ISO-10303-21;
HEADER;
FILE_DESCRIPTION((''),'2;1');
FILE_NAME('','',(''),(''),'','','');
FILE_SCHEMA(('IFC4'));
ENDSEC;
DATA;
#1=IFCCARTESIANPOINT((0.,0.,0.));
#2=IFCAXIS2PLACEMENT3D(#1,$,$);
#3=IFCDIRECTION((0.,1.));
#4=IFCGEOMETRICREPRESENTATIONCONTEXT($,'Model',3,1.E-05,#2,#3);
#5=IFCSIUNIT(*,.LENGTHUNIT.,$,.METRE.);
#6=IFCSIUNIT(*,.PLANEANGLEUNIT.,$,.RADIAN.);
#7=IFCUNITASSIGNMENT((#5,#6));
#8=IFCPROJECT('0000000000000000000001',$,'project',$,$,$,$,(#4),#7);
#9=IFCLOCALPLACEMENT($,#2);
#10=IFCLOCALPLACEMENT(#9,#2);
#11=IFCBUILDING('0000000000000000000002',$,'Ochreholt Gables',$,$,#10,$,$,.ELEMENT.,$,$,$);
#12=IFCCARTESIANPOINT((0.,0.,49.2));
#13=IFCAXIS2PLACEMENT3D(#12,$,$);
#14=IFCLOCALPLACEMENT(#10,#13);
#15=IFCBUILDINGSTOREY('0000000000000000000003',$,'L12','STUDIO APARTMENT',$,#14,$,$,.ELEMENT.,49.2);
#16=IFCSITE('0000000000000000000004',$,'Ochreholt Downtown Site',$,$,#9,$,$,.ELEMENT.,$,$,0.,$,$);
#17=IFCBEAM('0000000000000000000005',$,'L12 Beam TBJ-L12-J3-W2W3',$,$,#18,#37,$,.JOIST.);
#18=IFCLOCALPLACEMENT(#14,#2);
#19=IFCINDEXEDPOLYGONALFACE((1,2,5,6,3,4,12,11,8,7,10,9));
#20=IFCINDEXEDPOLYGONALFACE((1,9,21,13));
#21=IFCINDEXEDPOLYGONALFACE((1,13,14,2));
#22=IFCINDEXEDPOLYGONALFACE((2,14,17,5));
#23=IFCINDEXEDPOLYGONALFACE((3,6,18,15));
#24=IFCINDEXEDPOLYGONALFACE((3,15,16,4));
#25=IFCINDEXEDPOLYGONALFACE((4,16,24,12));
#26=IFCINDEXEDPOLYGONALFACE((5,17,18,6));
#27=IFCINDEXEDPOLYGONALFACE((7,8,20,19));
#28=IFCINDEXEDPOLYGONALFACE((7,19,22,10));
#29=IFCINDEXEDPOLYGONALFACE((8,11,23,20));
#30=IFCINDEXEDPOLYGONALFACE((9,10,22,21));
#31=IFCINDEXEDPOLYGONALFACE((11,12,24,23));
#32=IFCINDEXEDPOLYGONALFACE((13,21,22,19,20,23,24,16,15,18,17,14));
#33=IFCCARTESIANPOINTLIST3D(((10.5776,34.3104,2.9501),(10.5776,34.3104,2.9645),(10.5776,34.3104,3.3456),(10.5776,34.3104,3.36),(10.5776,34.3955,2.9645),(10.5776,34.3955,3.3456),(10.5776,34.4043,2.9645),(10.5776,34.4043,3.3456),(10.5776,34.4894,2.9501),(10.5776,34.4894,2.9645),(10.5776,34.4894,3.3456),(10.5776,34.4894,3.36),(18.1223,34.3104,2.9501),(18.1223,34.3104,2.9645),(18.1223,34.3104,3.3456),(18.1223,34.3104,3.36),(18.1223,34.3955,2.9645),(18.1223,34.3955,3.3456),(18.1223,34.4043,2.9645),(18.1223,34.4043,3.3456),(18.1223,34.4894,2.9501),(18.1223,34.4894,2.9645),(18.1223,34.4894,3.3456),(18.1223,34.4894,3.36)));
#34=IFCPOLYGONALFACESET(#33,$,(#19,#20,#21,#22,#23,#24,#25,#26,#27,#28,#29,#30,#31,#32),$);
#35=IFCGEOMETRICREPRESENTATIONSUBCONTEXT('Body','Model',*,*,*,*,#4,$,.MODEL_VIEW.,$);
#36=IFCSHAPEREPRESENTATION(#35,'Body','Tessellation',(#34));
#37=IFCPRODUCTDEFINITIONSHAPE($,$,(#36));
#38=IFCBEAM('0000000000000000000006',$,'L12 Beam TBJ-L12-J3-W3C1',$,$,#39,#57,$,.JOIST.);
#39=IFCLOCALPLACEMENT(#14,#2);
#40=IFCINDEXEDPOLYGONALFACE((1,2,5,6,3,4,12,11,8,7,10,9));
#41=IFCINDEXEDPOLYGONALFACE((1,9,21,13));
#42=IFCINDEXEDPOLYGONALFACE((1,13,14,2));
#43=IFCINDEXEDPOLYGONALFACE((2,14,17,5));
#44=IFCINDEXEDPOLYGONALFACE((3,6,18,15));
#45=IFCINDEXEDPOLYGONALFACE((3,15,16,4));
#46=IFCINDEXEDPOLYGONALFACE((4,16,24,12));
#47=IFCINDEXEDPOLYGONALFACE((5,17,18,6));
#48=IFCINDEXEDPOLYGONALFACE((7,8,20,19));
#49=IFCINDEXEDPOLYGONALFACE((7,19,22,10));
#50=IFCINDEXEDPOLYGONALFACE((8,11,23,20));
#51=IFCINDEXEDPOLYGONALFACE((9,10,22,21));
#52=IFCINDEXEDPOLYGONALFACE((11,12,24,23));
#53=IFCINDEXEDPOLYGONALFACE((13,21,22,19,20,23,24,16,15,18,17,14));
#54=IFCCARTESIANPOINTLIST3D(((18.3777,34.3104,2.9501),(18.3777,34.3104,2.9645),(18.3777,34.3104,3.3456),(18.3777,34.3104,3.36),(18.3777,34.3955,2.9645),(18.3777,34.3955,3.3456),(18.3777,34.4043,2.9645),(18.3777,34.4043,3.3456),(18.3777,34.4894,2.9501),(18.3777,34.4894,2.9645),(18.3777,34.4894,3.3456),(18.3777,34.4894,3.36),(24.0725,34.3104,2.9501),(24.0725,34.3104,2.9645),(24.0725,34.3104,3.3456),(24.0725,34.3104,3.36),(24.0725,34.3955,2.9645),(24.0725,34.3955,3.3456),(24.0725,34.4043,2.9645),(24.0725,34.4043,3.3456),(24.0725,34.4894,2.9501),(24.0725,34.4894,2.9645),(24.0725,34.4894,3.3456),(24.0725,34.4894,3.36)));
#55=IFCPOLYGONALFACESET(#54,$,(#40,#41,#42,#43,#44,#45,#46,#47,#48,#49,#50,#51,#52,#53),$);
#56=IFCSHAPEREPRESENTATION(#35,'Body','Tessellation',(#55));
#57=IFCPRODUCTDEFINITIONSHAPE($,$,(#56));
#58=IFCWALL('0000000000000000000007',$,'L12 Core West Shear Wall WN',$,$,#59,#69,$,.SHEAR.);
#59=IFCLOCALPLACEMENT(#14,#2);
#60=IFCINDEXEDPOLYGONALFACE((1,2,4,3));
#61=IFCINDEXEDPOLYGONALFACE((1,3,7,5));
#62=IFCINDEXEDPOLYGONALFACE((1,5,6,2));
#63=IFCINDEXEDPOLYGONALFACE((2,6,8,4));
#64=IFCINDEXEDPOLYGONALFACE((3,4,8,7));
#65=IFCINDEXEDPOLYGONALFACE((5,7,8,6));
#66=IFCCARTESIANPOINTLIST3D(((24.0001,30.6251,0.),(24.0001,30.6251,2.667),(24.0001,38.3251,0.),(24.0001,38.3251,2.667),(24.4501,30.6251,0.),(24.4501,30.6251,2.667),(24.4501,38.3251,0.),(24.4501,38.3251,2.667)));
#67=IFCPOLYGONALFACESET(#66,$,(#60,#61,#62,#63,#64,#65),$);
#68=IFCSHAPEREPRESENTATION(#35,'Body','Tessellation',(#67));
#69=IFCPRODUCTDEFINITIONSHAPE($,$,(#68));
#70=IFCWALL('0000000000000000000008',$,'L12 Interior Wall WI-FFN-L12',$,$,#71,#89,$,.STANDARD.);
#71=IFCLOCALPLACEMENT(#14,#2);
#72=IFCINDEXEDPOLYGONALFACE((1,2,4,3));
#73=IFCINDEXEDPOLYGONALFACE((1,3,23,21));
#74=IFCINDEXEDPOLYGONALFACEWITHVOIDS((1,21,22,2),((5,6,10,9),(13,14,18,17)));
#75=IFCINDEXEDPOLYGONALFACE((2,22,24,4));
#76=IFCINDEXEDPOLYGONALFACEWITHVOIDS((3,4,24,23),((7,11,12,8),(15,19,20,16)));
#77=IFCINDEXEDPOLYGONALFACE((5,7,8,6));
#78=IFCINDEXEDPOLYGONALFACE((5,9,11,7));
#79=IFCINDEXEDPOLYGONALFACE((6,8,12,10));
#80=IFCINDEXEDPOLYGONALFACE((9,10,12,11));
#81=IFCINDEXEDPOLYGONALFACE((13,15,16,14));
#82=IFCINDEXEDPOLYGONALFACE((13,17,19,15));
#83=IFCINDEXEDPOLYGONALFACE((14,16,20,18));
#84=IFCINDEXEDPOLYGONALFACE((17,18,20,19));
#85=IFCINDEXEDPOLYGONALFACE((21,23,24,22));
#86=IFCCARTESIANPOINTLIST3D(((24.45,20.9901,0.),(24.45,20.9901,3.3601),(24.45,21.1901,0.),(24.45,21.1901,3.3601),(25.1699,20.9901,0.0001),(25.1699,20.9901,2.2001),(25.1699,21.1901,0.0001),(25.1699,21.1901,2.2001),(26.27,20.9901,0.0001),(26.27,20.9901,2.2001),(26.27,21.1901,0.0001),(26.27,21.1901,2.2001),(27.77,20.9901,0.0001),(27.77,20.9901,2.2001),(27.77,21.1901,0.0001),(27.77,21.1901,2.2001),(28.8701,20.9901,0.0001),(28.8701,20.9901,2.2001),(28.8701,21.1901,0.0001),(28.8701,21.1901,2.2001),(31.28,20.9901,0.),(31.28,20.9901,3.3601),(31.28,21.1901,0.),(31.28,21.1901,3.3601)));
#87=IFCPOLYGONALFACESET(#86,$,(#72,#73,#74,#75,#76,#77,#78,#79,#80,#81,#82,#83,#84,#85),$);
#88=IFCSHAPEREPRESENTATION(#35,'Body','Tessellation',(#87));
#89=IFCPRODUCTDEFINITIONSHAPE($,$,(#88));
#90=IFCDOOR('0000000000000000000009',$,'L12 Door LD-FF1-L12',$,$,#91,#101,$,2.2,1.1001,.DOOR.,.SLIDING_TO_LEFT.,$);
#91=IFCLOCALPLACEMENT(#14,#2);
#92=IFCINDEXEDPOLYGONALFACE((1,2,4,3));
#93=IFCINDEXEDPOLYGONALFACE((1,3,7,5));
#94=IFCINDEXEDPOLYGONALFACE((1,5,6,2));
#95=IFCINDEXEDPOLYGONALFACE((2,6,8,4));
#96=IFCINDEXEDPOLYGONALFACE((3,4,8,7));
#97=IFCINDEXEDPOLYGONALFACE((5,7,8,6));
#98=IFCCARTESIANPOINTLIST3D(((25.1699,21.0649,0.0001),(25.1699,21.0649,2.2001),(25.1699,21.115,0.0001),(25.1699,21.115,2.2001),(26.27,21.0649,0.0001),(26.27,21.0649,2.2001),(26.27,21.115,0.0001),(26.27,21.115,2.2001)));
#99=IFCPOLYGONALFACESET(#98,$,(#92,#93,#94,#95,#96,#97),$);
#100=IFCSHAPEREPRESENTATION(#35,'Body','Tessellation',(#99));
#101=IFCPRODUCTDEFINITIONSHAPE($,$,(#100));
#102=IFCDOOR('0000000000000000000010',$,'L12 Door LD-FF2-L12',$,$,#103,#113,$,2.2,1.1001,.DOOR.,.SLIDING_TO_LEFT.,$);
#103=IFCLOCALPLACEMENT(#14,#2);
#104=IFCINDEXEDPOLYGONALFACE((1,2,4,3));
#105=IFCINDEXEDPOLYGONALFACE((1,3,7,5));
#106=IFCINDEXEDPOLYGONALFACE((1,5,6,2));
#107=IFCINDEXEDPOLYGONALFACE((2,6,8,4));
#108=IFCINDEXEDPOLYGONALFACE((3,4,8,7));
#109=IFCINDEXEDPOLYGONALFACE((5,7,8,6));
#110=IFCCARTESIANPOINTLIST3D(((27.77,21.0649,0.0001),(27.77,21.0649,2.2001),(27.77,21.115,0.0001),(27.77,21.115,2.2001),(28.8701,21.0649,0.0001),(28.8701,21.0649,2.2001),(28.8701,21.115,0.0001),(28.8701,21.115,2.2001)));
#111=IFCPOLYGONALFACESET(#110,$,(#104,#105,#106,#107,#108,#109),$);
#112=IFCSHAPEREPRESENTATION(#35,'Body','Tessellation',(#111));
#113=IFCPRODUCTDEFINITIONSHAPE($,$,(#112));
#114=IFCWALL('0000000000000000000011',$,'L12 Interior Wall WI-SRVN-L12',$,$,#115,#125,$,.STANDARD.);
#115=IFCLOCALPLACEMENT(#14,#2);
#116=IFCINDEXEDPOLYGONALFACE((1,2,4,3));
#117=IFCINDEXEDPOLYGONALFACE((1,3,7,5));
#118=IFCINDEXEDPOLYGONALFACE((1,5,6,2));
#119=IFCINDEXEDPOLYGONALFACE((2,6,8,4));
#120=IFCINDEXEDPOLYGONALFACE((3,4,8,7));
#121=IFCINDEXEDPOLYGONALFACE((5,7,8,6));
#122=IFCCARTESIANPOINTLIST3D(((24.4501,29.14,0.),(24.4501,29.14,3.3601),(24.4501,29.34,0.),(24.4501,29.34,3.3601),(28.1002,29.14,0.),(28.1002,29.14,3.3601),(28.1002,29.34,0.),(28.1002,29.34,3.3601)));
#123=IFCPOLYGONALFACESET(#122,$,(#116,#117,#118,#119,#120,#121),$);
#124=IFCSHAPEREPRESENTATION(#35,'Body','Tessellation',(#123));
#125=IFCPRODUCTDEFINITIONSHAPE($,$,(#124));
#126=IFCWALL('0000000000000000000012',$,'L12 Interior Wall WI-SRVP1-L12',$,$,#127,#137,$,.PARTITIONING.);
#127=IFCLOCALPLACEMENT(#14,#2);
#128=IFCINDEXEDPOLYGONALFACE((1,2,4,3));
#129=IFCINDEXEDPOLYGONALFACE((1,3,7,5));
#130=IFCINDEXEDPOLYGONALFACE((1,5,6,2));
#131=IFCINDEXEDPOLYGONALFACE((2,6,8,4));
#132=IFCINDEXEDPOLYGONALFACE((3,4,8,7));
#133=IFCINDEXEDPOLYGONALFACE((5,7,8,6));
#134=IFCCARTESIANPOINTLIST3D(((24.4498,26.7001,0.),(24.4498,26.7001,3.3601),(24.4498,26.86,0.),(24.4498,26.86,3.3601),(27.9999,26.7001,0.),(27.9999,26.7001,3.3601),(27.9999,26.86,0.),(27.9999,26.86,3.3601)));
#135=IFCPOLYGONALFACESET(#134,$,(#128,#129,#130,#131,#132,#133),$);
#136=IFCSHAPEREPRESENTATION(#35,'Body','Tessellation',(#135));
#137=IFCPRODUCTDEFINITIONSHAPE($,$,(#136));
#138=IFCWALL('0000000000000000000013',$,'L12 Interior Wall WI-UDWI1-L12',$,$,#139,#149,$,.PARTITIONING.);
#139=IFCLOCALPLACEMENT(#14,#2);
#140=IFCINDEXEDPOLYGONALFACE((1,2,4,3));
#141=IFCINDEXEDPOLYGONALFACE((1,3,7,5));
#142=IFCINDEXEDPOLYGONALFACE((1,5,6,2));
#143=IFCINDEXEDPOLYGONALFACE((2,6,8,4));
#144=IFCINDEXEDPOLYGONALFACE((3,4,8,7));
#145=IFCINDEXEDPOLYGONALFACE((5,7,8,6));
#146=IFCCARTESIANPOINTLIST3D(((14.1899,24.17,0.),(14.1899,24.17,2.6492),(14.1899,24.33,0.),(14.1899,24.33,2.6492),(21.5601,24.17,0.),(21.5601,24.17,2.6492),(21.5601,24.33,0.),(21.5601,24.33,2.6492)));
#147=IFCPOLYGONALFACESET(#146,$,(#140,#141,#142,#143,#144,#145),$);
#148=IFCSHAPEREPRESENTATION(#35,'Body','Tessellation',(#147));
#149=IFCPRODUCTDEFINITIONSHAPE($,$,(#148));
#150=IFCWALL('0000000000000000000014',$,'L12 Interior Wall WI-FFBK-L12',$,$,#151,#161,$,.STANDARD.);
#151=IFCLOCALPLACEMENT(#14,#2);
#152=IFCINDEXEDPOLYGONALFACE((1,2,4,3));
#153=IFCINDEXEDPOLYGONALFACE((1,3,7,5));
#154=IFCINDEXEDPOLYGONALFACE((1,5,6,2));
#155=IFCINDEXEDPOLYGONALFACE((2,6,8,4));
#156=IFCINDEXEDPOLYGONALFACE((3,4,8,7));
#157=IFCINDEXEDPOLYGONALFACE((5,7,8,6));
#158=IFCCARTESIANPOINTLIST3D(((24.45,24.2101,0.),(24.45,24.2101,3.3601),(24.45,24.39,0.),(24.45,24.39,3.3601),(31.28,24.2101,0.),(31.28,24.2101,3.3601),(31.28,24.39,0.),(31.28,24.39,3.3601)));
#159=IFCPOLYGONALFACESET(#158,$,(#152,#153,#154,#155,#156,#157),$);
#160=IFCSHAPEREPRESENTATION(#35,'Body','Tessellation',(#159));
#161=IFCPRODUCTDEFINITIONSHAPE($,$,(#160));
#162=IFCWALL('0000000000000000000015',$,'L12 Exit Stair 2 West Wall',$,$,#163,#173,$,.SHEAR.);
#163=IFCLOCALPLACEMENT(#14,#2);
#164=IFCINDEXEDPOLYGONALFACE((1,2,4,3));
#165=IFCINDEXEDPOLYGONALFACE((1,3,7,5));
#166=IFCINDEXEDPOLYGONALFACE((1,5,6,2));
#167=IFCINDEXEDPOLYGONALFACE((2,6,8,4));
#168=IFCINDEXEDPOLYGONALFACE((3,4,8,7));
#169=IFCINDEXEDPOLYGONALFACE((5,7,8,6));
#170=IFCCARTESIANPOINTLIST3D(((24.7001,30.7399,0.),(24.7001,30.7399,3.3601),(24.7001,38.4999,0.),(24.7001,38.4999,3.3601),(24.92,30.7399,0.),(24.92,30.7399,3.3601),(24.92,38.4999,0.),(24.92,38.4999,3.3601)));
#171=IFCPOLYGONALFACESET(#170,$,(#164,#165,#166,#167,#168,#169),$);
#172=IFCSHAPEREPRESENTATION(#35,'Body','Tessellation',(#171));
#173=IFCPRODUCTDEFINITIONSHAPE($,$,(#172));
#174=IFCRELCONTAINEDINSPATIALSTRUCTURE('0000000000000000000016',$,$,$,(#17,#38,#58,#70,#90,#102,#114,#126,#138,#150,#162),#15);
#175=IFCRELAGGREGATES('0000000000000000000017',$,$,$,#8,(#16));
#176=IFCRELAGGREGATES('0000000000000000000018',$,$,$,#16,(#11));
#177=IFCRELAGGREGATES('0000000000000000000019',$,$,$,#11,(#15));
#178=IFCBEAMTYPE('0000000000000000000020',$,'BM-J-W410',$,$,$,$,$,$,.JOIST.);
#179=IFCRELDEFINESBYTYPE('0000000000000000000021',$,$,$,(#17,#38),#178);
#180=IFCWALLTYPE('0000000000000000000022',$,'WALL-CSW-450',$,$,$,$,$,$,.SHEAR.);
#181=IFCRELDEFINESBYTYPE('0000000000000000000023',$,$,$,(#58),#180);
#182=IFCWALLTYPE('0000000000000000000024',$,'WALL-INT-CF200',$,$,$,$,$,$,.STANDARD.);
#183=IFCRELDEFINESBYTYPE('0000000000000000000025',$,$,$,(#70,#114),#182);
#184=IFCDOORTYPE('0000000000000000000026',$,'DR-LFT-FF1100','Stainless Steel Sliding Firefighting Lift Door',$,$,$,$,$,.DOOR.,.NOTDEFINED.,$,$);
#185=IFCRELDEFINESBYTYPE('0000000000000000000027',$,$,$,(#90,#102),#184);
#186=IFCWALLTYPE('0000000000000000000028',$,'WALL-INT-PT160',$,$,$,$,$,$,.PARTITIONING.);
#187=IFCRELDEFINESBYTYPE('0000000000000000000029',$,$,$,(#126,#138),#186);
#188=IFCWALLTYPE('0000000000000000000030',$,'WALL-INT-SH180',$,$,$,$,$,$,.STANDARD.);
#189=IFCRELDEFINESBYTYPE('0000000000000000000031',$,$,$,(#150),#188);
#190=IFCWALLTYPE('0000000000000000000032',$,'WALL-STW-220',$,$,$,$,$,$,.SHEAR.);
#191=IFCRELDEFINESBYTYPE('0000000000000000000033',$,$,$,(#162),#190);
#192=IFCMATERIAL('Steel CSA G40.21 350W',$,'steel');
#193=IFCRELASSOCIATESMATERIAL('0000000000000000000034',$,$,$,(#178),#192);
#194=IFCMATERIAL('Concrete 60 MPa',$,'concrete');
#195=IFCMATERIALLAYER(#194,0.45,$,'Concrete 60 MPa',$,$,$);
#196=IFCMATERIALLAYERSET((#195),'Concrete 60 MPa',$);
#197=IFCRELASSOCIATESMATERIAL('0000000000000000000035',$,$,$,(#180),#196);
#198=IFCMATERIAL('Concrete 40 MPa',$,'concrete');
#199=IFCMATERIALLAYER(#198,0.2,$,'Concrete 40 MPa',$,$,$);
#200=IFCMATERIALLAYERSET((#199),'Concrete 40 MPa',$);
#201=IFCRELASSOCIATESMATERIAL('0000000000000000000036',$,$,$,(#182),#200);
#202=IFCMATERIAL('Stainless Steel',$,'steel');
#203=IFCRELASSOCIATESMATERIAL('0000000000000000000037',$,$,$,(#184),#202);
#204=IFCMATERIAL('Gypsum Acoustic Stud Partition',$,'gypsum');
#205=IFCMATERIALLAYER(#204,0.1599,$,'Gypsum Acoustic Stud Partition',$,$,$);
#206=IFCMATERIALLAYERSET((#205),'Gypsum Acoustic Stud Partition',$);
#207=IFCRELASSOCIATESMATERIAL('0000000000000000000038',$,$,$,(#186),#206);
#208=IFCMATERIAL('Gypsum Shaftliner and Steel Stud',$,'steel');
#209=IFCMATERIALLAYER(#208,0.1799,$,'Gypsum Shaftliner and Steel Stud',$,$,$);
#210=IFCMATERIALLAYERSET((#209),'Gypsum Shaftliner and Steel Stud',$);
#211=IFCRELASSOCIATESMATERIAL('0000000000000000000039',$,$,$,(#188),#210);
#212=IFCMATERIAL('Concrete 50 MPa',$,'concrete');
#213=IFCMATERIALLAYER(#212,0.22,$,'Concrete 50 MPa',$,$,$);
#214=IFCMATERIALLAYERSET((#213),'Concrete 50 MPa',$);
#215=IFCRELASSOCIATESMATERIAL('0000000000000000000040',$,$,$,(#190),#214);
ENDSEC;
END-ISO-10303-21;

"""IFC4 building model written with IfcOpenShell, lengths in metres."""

from ifc_helpers import new_model, si_unit, direction, frame, frame_2d, origin, origin_2d, place, context, subcontext, project, spatial, rectangle, i_section, extrude, material, layer, layer_set, material_profile, profile_set, type_object, element, fill, save


model = new_model("IFC4")

# Units and contexts
model_context = context("Model", 3, precision=1e-05, world=origin(), true_north=direction((0.0, 1.0)))
body_context = subcontext(model_context, "Body", "Model", "MODEL_VIEW")
ifc_project = project(units=[si_unit("LENGTHUNIT", "METRE"), si_unit("PLANEANGLEUNIT", "RADIAN")], contexts=[model_context])

# Site, building, storey
site_placement = place(None, origin())
site = spatial("IfcSite", under=ifc_project, at=site_placement, Name="Ochreholt Downtown Site", CompositionType="ELEMENT", RefElevation=0.0)
building_placement = place(site_placement, origin())
building = spatial("IfcBuilding", under=site, at=building_placement, Name="Ochreholt Gables", CompositionType="ELEMENT")
storey_placement = place(building_placement, frame((0.0, 0.0, 49.2)))
storey = spatial("IfcBuildingStorey", under=building, at=storey_placement, Name="L12", Description="STUDIO APARTMENT", CompositionType="ELEMENT", Elevation=49.2)

# Shared definitions
ifc_material_1 = material(Name="Concrete 60 MPa", Category="concrete")

# Beams
ifc_material_2 = material(Name="Steel CSA G40.21 350W", Category="steel")
ifc_material_profile_1 = material_profile(ifc_material_2, i_section(OverallWidth=0.179, OverallDepth=0.4099, WebThickness=0.0088, FlangeThickness=0.0144, at=origin_2d()), Name="W410X67")
ifc_profile_set_1 = profile_set([ifc_material_profile_1], Name="Steel CSA G40.21 350W")
beam_type_1 = type_object("IfcBeamType", Name="BM-J-W410", PredefinedType="JOIST", material=ifc_profile_set_1)
beam_1_placement = place(storey_placement, frame((10.5776, 34.3999, 3.155), z_axis=(1.0, 0.0, 0.0), x_axis=(0.0, 1.0, 0.0)))
element("IfcBeam", 1, at=beam_1_placement, inside=storey, type_object=beam_type_1, Name="L12 Beam TBJ-L12-J3-W2W3", PredefinedType="JOIST", context=body_context, shape_type="SweptSolid", body=[
    extrude(i_section(OverallWidth=0.179, OverallDepth=0.4099, WebThickness=0.0088, FlangeThickness=0.0144, at=origin_2d()), origin(), (0.0, 0.0, 1.0), 7.5447),
])
beam_2_placement = place(storey_placement, frame((18.3777, 34.3999, 3.155), z_axis=(1.0, 0.0, 0.0), x_axis=(0.0, 1.0, 0.0)))
element("IfcBeam", 2, at=beam_2_placement, inside=storey, type_object=beam_type_1, Name="L12 Beam TBJ-L12-J3-W3C1", PredefinedType="JOIST", context=body_context, shape_type="SweptSolid", body=[
    extrude(i_section(OverallWidth=0.179, OverallDepth=0.4099, WebThickness=0.0088, FlangeThickness=0.0144, at=origin_2d()), origin(), (0.0, 0.0, 1.0), 5.6948),
])

# Wall
ifc_layer_1 = layer(ifc_material_1, 0.45, Name="Concrete 60 MPa")
ifc_layer_set_1 = layer_set([ifc_layer_1], Name="Concrete 60 MPa")
wall_type_1 = type_object("IfcWallType", Name="WALL-CSW-450", PredefinedType="SHEAR", material=ifc_layer_set_1)
wall_1_placement = place(storey_placement, frame((24.2251, 30.625, 0.0), z_axis=(0.0, 0.0, 1.0), x_axis=(0.0, 1.0, 0.0)))
element("IfcWall", 3, at=wall_1_placement, inside=storey, type_object=wall_type_1, Name="L12 Core West Shear Wall WN", PredefinedType="SHEAR", context=body_context, shape_type="SweptSolid", body=[
    extrude(rectangle(XDim=7.7, YDim=0.45, at=frame_2d((3.8501, 0.0))), origin(), (0.0, 0.0, 1.0), 2.667),
])

# Wall, openings, doors
ifc_material_3 = material(Name="Concrete 40 MPa", Category="concrete")
ifc_layer_2 = layer(ifc_material_3, 0.2, Name="Concrete 40 MPa")
ifc_layer_set_2 = layer_set([ifc_layer_2], Name="Concrete 40 MPa")
wall_type_2 = type_object("IfcWallType", Name="WALL-INT-CF200", PredefinedType="STANDARD", material=ifc_layer_set_2)
wall_2_placement = place(storey_placement, frame((24.45, 21.0901, 0.0), z_axis=(0.0, 0.0, 1.0), x_axis=(1.0, 0.0, 0.0)))
wall_2 = element("IfcWall", 4, at=wall_2_placement, inside=storey, type_object=wall_type_2, Name="L12 Interior Wall WI-FFN-L12", PredefinedType="STANDARD", context=body_context, shape_type="SweptSolid", body=[
    extrude(rectangle(XDim=6.8301, YDim=0.2, at=frame_2d((3.415, 0.0))), origin(), (0.0, 0.0, 1.0), 3.3601),
])
opening_1_placement = place(wall_2_placement, frame((0.72, 0.0, 0.0)))
opening_1 = element("IfcOpeningElement", 5, at=opening_1_placement, cuts=wall_2, PredefinedType="OPENING", context=body_context, shape_type="SweptSolid", body=[
    extrude(rectangle(XDim=1.1001, YDim=2.2, at=frame_2d((0.55, 1.1001))), frame((0.0, 0.1099, 0.0), z_axis=(0.0, -1.0, 0.0), x_axis=(1.0, 0.0, 0.0)), (0.0, 0.0, 1.0), 0.22),
])
opening_2_placement = place(wall_2_placement, frame((3.3201, 0.0, 0.0)))
opening_2 = element("IfcOpeningElement", 6, at=opening_2_placement, cuts=wall_2, PredefinedType="OPENING", context=body_context, shape_type="SweptSolid", body=[
    extrude(rectangle(XDim=1.1001, YDim=2.2, at=frame_2d((0.55, 1.1001))), frame((0.0, 0.1099, 0.0), z_axis=(0.0, -1.0, 0.0), x_axis=(1.0, 0.0, 0.0)), (0.0, 0.0, 1.0), 0.22),
])
ifc_material_4 = material(Name="Stainless Steel", Category="steel")
door_type = type_object("IfcDoorType", Name="DR-LFT-FF1100", Description="Stainless Steel Sliding Firefighting Lift Door", OperationType="NOTDEFINED", PredefinedType="DOOR", material=ifc_material_4)
door_1_placement = place(opening_1_placement, origin())
door_1 = element("IfcDoor", 7, at=door_1_placement, inside=storey, type_object=door_type, Name="L12 Door LD-FF1-L12", OperationType="SLIDING_TO_LEFT", OverallHeight=2.2, OverallWidth=1.1001, PredefinedType="DOOR", context=body_context, shape_type="SweptSolid", body=[
    extrude(rectangle(XDim=1.1001, YDim=2.2, at=frame_2d((0.55, 1.1001))), frame((0.0, 0.0249, 0.0), z_axis=(0.0, -1.0, 0.0), x_axis=(1.0, 0.0, 0.0)), (0.0, 0.0, 1.0), 0.05),
])
fill(opening_1, door_1)
door_2_placement = place(opening_2_placement, origin())
door_2 = element("IfcDoor", 8, at=door_2_placement, inside=storey, type_object=door_type, Name="L12 Door LD-FF2-L12", OperationType="SLIDING_TO_LEFT", OverallHeight=2.2, OverallWidth=1.1001, PredefinedType="DOOR", context=body_context, shape_type="SweptSolid", body=[
    extrude(rectangle(XDim=1.1001, YDim=2.2, at=frame_2d((0.55, 1.1001))), frame((0.0, 0.0249, 0.0), z_axis=(0.0, -1.0, 0.0), x_axis=(1.0, 0.0, 0.0)), (0.0, 0.0, 1.0), 0.05),
])
fill(opening_2, door_2)

# Walls
wall_3_placement = place(storey_placement, frame((24.45, 29.24, 0.0), z_axis=(0.0, 0.0, 1.0), x_axis=(1.0, 0.0, 0.0)))
element("IfcWall", 9, at=wall_3_placement, inside=storey, type_object=wall_type_2, Name="L12 Interior Wall WI-SRVN-L12", PredefinedType="STANDARD", context=body_context, shape_type="SweptSolid", body=[
    extrude(rectangle(XDim=3.6501, YDim=0.2, at=frame_2d((1.8252, 0.0))), origin(), (0.0, 0.0, 1.0), 3.3601),
])
ifc_material_5 = material(Name="Gypsum Acoustic Stud Partition", Category="gypsum")
ifc_layer_3 = layer(ifc_material_5, 0.1599, Name="Gypsum Acoustic Stud Partition")
ifc_layer_set_3 = layer_set([ifc_layer_3], Name="Gypsum Acoustic Stud Partition")
wall_type_3 = type_object("IfcWallType", Name="WALL-INT-PT160", PredefinedType="PARTITIONING", material=ifc_layer_set_3)
wall_4_placement = place(storey_placement, frame((24.45, 26.78, 0.0), z_axis=(0.0, 0.0, 1.0), x_axis=(1.0, 0.0, 0.0)))
element("IfcWall", 10, at=wall_4_placement, inside=storey, type_object=wall_type_3, Name="L12 Interior Wall WI-SRVP1-L12", PredefinedType="PARTITIONING", context=body_context, shape_type="SweptSolid", body=[
    extrude(rectangle(XDim=3.55, YDim=0.1599, at=frame_2d((1.7749, 0.0))), origin(), (0.0, 0.0, 1.0), 3.3601),
])
wall_5_placement = place(storey_placement, frame((14.1899, 24.25, 0.0), z_axis=(0.0, 0.0, 1.0), x_axis=(1.0, 0.0, 0.0)))
element("IfcWall", 11, at=wall_5_placement, inside=storey, type_object=wall_type_3, Name="L12 Interior Wall WI-UDWI1-L12", PredefinedType="PARTITIONING", context=body_context, shape_type="SweptSolid", body=[
    extrude(rectangle(XDim=7.3701, YDim=0.1599, at=frame_2d((3.6851, 0.0))), origin(), (0.0, 0.0, 1.0), 2.6492),
])
ifc_material_6 = material(Name="Gypsum Shaftliner and Steel Stud", Category="steel")
ifc_layer_4 = layer(ifc_material_6, 0.1799, Name="Gypsum Shaftliner and Steel Stud")
ifc_layer_set_4 = layer_set([ifc_layer_4], Name="Gypsum Shaftliner and Steel Stud")
wall_type_4 = type_object("IfcWallType", Name="WALL-INT-SH180", PredefinedType="STANDARD", material=ifc_layer_set_4)
wall_6_placement = place(storey_placement, frame((24.45, 24.3, 0.0), z_axis=(0.0, 0.0, 1.0), x_axis=(1.0, 0.0, 0.0)))
element("IfcWall", 12, at=wall_6_placement, inside=storey, type_object=wall_type_4, Name="L12 Interior Wall WI-FFBK-L12", PredefinedType="STANDARD", context=body_context, shape_type="SweptSolid", body=[
    extrude(rectangle(XDim=6.8301, YDim=0.1799, at=frame_2d((3.415, 0.0))), origin(), (0.0, 0.0, 1.0), 3.3601),
])
ifc_material_7 = material(Name="Concrete 50 MPa", Category="concrete")
ifc_layer_5 = layer(ifc_material_7, 0.22, Name="Concrete 50 MPa")
ifc_layer_set_5 = layer_set([ifc_layer_5], Name="Concrete 50 MPa")
wall_type_5 = type_object("IfcWallType", Name="WALL-STW-220", PredefinedType="SHEAR", material=ifc_layer_set_5)
wall_7_placement = place(storey_placement, frame((24.8101, 30.74, 0.0), z_axis=(0.0, 0.0, 1.0), x_axis=(0.0, 1.0, 0.0)))
element("IfcWall", 13, at=wall_7_placement, inside=storey, type_object=wall_type_5, Name="L12 Exit Stair 2 West Wall", PredefinedType="SHEAR", context=body_context, shape_type="SweptSolid", body=[
    extrude(rectangle(XDim=7.76, YDim=0.22, at=frame_2d((3.8799, 0.0))), origin(), (0.0, 0.0, 1.0), 3.3601),
])

save(model, "model.ifc")
